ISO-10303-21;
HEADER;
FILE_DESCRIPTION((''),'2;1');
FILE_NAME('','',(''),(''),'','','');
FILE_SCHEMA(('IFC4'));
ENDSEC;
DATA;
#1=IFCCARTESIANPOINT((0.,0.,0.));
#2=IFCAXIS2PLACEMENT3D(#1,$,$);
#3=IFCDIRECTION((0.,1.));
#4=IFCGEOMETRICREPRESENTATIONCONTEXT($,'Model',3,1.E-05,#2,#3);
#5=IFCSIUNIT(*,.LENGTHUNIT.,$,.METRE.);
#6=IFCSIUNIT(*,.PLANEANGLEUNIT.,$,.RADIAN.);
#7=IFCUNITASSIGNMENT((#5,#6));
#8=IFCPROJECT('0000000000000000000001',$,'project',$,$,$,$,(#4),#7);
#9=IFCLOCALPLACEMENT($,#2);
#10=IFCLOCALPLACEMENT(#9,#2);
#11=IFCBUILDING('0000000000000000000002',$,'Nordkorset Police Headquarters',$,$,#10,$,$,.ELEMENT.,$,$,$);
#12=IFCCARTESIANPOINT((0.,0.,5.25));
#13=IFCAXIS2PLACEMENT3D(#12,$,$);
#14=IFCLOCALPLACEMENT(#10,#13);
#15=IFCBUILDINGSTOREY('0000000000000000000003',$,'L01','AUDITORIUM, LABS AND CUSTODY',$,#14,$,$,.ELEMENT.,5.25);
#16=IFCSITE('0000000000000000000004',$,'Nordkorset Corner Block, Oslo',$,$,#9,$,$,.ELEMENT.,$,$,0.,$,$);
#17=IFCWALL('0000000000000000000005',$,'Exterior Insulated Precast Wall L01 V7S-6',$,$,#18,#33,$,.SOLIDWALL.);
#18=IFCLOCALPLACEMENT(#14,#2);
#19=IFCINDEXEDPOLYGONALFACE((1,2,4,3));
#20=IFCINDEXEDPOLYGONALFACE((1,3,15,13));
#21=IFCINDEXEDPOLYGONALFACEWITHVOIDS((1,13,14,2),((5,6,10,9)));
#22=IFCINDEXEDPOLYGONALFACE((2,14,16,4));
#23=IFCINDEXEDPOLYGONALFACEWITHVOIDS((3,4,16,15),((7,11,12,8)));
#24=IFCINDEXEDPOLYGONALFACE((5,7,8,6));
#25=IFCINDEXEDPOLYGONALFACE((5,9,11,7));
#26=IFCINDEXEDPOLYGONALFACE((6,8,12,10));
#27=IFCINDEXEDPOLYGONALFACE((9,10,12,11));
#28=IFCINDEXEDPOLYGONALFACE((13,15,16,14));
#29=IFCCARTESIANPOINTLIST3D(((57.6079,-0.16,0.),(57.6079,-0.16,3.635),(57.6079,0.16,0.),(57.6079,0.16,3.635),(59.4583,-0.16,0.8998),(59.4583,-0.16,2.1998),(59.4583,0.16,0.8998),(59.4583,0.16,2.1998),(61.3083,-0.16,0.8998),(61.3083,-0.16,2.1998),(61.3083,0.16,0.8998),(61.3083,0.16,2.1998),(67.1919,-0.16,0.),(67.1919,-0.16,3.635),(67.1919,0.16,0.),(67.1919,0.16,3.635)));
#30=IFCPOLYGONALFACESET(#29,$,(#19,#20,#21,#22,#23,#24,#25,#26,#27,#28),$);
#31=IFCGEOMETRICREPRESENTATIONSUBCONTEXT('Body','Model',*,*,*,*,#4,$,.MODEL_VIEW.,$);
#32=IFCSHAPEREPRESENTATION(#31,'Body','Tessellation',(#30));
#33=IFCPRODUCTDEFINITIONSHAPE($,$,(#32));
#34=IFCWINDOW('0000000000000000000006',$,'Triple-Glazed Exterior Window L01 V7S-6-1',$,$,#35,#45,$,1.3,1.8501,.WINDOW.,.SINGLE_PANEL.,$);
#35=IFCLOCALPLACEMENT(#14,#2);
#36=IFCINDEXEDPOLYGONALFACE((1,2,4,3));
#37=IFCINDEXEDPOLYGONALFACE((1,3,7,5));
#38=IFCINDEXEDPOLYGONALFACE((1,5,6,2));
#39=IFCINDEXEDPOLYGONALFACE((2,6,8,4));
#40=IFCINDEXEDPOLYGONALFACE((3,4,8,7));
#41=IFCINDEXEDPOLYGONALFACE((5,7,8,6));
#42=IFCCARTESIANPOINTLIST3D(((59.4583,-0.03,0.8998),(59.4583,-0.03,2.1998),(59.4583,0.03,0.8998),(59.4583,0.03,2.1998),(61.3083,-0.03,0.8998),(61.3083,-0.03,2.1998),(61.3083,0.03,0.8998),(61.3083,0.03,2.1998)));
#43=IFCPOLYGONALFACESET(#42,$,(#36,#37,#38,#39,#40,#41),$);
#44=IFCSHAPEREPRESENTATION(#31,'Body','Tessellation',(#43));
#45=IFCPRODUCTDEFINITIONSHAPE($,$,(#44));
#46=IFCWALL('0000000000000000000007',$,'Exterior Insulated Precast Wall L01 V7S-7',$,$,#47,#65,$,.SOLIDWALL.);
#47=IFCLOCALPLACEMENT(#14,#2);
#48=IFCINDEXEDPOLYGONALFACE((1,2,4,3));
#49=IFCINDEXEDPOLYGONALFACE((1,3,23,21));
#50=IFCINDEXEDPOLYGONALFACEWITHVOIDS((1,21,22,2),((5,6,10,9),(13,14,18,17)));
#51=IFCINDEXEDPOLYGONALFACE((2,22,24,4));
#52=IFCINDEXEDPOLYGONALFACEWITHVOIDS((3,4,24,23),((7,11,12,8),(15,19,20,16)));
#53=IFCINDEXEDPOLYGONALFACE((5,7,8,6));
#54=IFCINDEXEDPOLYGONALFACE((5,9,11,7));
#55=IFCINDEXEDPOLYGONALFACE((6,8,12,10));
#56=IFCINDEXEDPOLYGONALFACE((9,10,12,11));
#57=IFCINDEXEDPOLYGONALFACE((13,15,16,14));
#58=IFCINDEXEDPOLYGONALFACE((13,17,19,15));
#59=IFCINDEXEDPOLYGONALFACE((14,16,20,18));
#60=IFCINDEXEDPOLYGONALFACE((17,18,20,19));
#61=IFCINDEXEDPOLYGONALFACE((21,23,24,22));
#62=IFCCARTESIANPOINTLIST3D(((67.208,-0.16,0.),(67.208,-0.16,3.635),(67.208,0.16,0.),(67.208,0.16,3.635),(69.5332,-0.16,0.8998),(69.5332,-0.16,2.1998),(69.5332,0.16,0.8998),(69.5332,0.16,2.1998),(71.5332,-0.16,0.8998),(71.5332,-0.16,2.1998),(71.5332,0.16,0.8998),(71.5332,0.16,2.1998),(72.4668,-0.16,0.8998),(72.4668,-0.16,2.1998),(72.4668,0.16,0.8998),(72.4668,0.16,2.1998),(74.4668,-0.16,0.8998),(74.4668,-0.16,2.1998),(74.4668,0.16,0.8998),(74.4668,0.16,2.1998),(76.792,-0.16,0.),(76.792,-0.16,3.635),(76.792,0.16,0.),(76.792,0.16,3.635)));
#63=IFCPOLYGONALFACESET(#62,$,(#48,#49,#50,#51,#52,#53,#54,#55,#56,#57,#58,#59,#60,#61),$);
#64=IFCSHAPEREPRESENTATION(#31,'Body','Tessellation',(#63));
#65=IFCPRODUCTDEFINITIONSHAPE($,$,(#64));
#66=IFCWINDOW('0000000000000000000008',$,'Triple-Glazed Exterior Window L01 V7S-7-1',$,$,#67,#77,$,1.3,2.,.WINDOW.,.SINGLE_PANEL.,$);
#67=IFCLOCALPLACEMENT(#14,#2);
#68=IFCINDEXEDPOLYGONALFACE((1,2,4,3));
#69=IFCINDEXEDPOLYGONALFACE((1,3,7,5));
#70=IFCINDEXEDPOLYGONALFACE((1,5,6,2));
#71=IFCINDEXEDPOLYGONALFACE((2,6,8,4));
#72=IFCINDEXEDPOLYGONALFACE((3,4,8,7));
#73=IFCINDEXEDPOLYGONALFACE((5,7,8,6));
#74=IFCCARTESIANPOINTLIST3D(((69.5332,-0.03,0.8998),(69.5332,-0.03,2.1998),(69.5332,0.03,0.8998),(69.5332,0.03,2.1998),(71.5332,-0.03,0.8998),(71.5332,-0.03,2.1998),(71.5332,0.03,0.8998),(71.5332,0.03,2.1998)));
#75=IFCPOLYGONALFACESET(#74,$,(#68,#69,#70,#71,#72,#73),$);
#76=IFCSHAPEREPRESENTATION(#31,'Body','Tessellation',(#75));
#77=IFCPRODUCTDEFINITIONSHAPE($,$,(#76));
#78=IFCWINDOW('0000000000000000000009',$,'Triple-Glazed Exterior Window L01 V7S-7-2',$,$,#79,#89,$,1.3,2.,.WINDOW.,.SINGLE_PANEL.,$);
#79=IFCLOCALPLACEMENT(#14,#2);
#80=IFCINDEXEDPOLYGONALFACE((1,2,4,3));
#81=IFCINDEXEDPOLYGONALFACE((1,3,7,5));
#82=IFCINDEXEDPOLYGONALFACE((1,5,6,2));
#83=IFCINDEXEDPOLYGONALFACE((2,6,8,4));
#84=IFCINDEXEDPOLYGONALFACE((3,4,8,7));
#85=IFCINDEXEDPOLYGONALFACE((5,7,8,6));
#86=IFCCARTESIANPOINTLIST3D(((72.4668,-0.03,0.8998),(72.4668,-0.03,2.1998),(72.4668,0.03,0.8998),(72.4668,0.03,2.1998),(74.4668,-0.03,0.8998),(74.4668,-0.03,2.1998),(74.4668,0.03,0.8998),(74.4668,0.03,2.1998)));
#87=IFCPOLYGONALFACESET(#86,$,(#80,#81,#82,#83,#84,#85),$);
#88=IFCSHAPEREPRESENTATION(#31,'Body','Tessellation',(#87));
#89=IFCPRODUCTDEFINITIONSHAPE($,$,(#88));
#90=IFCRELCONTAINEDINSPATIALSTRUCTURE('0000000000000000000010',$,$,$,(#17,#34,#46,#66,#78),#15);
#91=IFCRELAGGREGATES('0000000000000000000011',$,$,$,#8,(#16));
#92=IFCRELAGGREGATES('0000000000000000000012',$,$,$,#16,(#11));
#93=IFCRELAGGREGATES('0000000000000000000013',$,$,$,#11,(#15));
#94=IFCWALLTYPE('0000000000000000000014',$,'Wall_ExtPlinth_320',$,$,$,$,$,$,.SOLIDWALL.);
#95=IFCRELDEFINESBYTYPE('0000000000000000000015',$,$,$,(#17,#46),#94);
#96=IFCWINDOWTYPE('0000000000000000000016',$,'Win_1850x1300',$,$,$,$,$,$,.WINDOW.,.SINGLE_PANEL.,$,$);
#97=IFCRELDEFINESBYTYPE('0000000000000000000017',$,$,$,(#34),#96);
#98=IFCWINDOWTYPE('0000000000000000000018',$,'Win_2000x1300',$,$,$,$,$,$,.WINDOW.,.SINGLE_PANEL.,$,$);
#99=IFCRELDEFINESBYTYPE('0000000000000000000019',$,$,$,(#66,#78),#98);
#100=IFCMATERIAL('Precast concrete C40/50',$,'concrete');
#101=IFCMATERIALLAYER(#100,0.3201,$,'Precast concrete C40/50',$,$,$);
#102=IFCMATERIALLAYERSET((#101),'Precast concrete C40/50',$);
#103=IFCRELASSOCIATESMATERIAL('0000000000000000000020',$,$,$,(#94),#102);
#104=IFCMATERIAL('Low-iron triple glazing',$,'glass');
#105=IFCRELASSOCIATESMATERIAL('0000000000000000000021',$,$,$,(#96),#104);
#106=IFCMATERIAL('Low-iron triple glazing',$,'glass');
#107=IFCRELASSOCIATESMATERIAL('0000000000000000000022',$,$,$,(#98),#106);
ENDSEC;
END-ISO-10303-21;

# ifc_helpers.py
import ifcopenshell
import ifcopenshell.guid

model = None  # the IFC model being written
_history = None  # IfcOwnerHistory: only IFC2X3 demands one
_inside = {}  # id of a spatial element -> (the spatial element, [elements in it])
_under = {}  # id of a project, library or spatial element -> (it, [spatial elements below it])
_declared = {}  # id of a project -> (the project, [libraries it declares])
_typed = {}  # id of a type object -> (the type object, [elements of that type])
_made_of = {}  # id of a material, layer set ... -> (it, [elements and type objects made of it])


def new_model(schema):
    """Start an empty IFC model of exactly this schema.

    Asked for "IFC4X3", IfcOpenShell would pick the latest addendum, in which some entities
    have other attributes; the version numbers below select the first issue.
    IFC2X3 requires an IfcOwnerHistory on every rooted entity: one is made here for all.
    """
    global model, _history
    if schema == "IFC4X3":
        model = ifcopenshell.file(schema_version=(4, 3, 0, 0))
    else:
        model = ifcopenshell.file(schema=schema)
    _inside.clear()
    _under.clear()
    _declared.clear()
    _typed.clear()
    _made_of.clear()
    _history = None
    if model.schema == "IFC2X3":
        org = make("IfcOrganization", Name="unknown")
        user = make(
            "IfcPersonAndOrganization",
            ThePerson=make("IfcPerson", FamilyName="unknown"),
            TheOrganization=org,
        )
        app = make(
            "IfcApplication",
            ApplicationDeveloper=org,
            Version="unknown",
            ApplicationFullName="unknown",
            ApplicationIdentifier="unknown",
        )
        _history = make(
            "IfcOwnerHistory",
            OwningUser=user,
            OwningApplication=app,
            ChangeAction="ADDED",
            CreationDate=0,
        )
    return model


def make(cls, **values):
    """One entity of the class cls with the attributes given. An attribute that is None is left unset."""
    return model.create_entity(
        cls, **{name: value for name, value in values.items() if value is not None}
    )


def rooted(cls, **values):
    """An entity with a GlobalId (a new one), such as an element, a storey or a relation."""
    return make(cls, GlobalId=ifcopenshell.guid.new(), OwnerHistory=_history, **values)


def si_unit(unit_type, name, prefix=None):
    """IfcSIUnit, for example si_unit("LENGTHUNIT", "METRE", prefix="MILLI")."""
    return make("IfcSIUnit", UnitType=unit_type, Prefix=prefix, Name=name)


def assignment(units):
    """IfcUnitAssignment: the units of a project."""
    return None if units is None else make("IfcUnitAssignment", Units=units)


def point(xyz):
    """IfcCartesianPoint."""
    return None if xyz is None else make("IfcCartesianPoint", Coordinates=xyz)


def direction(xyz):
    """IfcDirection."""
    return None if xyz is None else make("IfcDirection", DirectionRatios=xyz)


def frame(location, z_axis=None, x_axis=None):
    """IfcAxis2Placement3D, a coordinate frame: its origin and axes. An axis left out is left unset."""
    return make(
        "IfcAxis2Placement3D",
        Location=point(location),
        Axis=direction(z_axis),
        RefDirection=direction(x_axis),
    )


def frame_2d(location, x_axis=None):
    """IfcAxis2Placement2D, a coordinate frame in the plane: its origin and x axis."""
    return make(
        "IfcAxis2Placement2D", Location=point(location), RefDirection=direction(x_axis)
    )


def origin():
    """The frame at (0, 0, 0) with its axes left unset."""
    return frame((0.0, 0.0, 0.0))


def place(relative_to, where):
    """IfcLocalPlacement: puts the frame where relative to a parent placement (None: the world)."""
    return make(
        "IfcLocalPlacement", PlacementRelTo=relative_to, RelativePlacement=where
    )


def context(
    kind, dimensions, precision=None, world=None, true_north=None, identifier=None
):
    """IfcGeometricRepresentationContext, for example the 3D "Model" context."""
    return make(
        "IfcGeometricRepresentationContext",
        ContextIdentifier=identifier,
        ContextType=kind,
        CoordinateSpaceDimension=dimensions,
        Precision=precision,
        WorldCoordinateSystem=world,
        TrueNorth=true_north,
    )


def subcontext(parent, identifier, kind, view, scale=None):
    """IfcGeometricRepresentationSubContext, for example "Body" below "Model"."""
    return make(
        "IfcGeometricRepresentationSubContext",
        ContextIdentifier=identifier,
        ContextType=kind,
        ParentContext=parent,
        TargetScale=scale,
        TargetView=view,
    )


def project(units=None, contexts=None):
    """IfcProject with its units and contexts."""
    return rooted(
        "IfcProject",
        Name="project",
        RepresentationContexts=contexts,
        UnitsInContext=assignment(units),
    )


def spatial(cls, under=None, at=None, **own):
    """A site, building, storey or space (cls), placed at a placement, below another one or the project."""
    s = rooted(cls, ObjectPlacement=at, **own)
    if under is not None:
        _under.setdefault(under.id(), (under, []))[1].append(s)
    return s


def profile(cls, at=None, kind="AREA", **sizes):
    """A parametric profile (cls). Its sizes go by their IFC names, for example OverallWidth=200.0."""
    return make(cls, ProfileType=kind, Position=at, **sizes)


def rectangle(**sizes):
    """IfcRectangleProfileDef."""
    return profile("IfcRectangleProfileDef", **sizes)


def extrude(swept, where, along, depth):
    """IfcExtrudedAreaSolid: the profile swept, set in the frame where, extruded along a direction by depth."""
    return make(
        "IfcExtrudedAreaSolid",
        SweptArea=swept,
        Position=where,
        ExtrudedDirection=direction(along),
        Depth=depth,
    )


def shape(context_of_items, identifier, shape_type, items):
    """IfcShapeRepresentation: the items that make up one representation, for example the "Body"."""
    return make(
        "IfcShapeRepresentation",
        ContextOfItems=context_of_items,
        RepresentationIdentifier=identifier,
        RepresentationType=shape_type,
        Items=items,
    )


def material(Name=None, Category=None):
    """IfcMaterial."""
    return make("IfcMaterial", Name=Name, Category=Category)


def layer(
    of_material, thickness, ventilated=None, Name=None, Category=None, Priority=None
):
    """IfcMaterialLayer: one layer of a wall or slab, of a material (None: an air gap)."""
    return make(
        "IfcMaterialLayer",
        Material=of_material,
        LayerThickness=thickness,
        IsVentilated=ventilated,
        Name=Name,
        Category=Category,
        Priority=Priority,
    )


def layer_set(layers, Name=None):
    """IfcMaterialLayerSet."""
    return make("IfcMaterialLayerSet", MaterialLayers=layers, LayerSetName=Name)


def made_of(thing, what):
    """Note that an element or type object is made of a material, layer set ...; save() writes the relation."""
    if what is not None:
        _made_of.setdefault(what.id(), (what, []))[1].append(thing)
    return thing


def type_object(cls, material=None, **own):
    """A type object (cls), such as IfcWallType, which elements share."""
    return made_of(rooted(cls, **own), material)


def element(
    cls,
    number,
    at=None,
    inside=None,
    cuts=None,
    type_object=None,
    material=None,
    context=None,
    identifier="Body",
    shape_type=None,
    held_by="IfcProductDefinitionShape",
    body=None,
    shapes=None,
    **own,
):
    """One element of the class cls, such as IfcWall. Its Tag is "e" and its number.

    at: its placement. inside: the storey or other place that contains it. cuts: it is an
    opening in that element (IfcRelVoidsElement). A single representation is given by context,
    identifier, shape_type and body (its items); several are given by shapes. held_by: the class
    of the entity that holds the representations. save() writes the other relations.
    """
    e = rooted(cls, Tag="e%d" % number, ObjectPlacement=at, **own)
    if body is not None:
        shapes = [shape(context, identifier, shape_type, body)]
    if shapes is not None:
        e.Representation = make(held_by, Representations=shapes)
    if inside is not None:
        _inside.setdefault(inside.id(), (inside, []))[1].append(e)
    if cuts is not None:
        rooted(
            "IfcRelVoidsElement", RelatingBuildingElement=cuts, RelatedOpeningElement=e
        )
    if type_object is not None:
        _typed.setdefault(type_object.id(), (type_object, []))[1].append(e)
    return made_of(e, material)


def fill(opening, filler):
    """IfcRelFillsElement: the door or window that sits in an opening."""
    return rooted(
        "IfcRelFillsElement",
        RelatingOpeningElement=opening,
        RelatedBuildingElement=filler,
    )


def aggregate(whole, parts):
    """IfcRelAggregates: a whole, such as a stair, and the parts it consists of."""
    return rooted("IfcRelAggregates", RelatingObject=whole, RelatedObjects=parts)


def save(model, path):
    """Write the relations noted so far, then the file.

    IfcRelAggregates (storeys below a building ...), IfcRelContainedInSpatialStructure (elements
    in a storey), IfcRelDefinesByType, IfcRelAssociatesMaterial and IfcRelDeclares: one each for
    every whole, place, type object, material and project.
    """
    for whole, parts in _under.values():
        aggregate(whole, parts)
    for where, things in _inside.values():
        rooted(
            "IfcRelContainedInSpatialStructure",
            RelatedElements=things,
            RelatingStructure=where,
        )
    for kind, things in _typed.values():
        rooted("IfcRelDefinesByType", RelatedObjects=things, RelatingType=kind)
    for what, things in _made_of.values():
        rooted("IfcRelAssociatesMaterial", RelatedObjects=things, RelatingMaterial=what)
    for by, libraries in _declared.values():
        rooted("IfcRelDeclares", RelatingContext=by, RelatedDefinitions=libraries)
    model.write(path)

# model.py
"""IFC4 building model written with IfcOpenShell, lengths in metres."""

from ifc_helpers import new_model, si_unit, direction, frame, frame_2d, origin, place, context, subcontext, project, spatial, rectangle, extrude, material, layer, layer_set, type_object, element, fill, save


model = new_model("IFC4")

# Units and contexts
model_context = context("Model", 3, precision=1e-05, world=origin(), true_north=direction((0.0, 1.0)))
body_context = subcontext(model_context, "Body", "Model", "MODEL_VIEW")
ifc_project = project(units=[si_unit("LENGTHUNIT", "METRE"), si_unit("PLANEANGLEUNIT", "RADIAN")], contexts=[model_context])

# Site, building, storey
site_placement = place(None, origin())
site = spatial("IfcSite", under=ifc_project, at=site_placement, Name="Nordkorset Corner Block, Oslo", CompositionType="ELEMENT", RefElevation=0.0)
building_placement = place(site_placement, origin())
building = spatial("IfcBuilding", under=site, at=building_placement, Name="Nordkorset Police Headquarters", CompositionType="ELEMENT")
storey_placement = place(building_placement, frame((0.0, 0.0, 5.25)))
storey = spatial("IfcBuildingStorey", under=building, at=storey_placement, Name="L01", Description="AUDITORIUM, LABS AND CUSTODY", CompositionType="ELEMENT", Elevation=5.25)

# Wall, opening, window
ifc_material_1 = material(Name="Precast concrete C40/50", Category="concrete")
ifc_layer_1 = layer(ifc_material_1, 0.3201, Name="Precast concrete C40/50")
ifc_layer_set_1 = layer_set([ifc_layer_1], Name="Precast concrete C40/50")
wall_type_1 = type_object("IfcWallType", Name="Wall_ExtPlinth_320", PredefinedType="SOLIDWALL", material=ifc_layer_set_1)
wall_1_placement = place(storey_placement, frame((57.6079, 0.0, 0.0), z_axis=(0.0, 0.0, 1.0), x_axis=(1.0, 0.0, 0.0)))
wall_1 = element("IfcWall", 1, at=wall_1_placement, inside=storey, type_object=wall_type_1, Name="Exterior Insulated Precast Wall L01 V7S-6", PredefinedType="SOLIDWALL", context=body_context, shape_type="SweptSolid", body=[
    extrude(rectangle(XDim=9.584, YDim=0.3201, at=frame_2d((4.792, 0.0))), origin(), (0.0, 0.0, 1.0), 3.635),
])
opening_1_placement = place(wall_1_placement, frame((1.8503, 0.0, 0.8999)))
opening_1 = element("IfcOpeningElement", 2, at=opening_1_placement, cuts=wall_1, PredefinedType="OPENING", context=body_context, shape_type="SweptSolid", body=[
    extrude(rectangle(XDim=1.8501, YDim=1.3, at=frame_2d((0.925, 0.6499))), frame((0.0, 0.1699, 0.0), z_axis=(0.0, -1.0, 0.0), x_axis=(1.0, 0.0, 0.0)), (0.0, 0.0, 1.0), 0.3401),
])
ifc_material_2 = material(Name="Low-iron triple glazing", Category="glass")
window_type_1 = type_object("IfcWindowType", Name="Win_1850x1300", PartitioningType="SINGLE_PANEL", PredefinedType="WINDOW", material=ifc_material_2)
window_1_placement = place(opening_1_placement, origin())
window_1 = element("IfcWindow", 3, at=window_1_placement, inside=storey, type_object=window_type_1, Name="Triple-Glazed Exterior Window L01 V7S-6-1", OverallHeight=1.3, OverallWidth=1.8501, PartitioningType="SINGLE_PANEL", PredefinedType="WINDOW", context=body_context, shape_type="SweptSolid", body=[
    extrude(rectangle(XDim=1.8501, YDim=1.3, at=frame_2d((0.925, 0.6499))), frame((0.0, 0.03, 0.0), z_axis=(0.0, -1.0, 0.0), x_axis=(1.0, 0.0, 0.0)), (0.0, 0.0, 1.0), 0.0601),
])
fill(opening_1, window_1)

# Wall, openings, windows
wall_2_placement = place(storey_placement, frame((67.208, 0.0, 0.0), z_axis=(0.0, 0.0, 1.0), x_axis=(1.0, 0.0, 0.0)))
wall_2 = element("IfcWall", 4, at=wall_2_placement, inside=storey, type_object=wall_type_1, Name="Exterior Insulated Precast Wall L01 V7S-7", PredefinedType="SOLIDWALL", context=body_context, shape_type="SweptSolid", body=[
    extrude(rectangle(XDim=9.584, YDim=0.3201, at=frame_2d((4.792, 0.0))), origin(), (0.0, 0.0, 1.0), 3.635),
])
opening_2_placement = place(wall_2_placement, frame((2.3252, 0.0, 0.8999)))
opening_2 = element("IfcOpeningElement", 5, at=opening_2_placement, cuts=wall_2, PredefinedType="OPENING", context=body_context, shape_type="SweptSolid", body=[
    extrude(rectangle(XDim=2.0, YDim=1.3, at=frame_2d((1.0, 0.6499))), frame((0.0, 0.1699, 0.0), z_axis=(0.0, -1.0, 0.0), x_axis=(1.0, 0.0, 0.0)), (0.0, 0.0, 1.0), 0.3401),
])
opening_3_placement = place(wall_2_placement, frame((5.2588, 0.0, 0.8999)))
opening_3 = element("IfcOpeningElement", 6, at=opening_3_placement, cuts=wall_2, PredefinedType="OPENING", context=body_context, shape_type="SweptSolid", body=[
    extrude(rectangle(XDim=2.0, YDim=1.3, at=frame_2d((1.0, 0.6499))), frame((0.0, 0.1699, 0.0), z_axis=(0.0, -1.0, 0.0), x_axis=(1.0, 0.0, 0.0)), (0.0, 0.0, 1.0), 0.3401),
])
ifc_material_3 = material(Name="Low-iron triple glazing", Category="glass")
window_type_2 = type_object("IfcWindowType", Name="Win_2000x1300", PartitioningType="SINGLE_PANEL", PredefinedType="WINDOW", material=ifc_material_3)
window_2_placement = place(opening_2_placement, origin())
window_2 = element("IfcWindow", 7, at=window_2_placement, inside=storey, type_object=window_type_2, Name="Triple-Glazed Exterior Window L01 V7S-7-1", OverallHeight=1.3, OverallWidth=2.0, PartitioningType="SINGLE_PANEL", PredefinedType="WINDOW", context=body_context, shape_type="SweptSolid", body=[
    extrude(rectangle(XDim=2.0, YDim=1.3, at=frame_2d((1.0, 0.6499))), frame((0.0, 0.03, 0.0), z_axis=(0.0, -1.0, 0.0), x_axis=(1.0, 0.0, 0.0)), (0.0, 0.0, 1.0), 0.0601),
])
fill(opening_2, window_2)
window_3_placement = place(opening_3_placement, origin())
window_3 = element("IfcWindow", 8, at=window_3_placement, inside=storey, type_object=window_type_2, Name="Triple-Glazed Exterior Window L01 V7S-7-2", OverallHeight=1.3, OverallWidth=2.0, PartitioningType="SINGLE_PANEL", PredefinedType="WINDOW", context=body_context, shape_type="SweptSolid", body=[
    extrude(rectangle(XDim=2.0, YDim=1.3, at=frame_2d((1.0, 0.6499))), frame((0.0, 0.03, 0.0), z_axis=(0.0, -1.0, 0.0), x_axis=(1.0, 0.0, 0.0)), (0.0, 0.0, 1.0), 0.0601),
])
fill(opening_3, window_3)

save(model, "model.ifc")
